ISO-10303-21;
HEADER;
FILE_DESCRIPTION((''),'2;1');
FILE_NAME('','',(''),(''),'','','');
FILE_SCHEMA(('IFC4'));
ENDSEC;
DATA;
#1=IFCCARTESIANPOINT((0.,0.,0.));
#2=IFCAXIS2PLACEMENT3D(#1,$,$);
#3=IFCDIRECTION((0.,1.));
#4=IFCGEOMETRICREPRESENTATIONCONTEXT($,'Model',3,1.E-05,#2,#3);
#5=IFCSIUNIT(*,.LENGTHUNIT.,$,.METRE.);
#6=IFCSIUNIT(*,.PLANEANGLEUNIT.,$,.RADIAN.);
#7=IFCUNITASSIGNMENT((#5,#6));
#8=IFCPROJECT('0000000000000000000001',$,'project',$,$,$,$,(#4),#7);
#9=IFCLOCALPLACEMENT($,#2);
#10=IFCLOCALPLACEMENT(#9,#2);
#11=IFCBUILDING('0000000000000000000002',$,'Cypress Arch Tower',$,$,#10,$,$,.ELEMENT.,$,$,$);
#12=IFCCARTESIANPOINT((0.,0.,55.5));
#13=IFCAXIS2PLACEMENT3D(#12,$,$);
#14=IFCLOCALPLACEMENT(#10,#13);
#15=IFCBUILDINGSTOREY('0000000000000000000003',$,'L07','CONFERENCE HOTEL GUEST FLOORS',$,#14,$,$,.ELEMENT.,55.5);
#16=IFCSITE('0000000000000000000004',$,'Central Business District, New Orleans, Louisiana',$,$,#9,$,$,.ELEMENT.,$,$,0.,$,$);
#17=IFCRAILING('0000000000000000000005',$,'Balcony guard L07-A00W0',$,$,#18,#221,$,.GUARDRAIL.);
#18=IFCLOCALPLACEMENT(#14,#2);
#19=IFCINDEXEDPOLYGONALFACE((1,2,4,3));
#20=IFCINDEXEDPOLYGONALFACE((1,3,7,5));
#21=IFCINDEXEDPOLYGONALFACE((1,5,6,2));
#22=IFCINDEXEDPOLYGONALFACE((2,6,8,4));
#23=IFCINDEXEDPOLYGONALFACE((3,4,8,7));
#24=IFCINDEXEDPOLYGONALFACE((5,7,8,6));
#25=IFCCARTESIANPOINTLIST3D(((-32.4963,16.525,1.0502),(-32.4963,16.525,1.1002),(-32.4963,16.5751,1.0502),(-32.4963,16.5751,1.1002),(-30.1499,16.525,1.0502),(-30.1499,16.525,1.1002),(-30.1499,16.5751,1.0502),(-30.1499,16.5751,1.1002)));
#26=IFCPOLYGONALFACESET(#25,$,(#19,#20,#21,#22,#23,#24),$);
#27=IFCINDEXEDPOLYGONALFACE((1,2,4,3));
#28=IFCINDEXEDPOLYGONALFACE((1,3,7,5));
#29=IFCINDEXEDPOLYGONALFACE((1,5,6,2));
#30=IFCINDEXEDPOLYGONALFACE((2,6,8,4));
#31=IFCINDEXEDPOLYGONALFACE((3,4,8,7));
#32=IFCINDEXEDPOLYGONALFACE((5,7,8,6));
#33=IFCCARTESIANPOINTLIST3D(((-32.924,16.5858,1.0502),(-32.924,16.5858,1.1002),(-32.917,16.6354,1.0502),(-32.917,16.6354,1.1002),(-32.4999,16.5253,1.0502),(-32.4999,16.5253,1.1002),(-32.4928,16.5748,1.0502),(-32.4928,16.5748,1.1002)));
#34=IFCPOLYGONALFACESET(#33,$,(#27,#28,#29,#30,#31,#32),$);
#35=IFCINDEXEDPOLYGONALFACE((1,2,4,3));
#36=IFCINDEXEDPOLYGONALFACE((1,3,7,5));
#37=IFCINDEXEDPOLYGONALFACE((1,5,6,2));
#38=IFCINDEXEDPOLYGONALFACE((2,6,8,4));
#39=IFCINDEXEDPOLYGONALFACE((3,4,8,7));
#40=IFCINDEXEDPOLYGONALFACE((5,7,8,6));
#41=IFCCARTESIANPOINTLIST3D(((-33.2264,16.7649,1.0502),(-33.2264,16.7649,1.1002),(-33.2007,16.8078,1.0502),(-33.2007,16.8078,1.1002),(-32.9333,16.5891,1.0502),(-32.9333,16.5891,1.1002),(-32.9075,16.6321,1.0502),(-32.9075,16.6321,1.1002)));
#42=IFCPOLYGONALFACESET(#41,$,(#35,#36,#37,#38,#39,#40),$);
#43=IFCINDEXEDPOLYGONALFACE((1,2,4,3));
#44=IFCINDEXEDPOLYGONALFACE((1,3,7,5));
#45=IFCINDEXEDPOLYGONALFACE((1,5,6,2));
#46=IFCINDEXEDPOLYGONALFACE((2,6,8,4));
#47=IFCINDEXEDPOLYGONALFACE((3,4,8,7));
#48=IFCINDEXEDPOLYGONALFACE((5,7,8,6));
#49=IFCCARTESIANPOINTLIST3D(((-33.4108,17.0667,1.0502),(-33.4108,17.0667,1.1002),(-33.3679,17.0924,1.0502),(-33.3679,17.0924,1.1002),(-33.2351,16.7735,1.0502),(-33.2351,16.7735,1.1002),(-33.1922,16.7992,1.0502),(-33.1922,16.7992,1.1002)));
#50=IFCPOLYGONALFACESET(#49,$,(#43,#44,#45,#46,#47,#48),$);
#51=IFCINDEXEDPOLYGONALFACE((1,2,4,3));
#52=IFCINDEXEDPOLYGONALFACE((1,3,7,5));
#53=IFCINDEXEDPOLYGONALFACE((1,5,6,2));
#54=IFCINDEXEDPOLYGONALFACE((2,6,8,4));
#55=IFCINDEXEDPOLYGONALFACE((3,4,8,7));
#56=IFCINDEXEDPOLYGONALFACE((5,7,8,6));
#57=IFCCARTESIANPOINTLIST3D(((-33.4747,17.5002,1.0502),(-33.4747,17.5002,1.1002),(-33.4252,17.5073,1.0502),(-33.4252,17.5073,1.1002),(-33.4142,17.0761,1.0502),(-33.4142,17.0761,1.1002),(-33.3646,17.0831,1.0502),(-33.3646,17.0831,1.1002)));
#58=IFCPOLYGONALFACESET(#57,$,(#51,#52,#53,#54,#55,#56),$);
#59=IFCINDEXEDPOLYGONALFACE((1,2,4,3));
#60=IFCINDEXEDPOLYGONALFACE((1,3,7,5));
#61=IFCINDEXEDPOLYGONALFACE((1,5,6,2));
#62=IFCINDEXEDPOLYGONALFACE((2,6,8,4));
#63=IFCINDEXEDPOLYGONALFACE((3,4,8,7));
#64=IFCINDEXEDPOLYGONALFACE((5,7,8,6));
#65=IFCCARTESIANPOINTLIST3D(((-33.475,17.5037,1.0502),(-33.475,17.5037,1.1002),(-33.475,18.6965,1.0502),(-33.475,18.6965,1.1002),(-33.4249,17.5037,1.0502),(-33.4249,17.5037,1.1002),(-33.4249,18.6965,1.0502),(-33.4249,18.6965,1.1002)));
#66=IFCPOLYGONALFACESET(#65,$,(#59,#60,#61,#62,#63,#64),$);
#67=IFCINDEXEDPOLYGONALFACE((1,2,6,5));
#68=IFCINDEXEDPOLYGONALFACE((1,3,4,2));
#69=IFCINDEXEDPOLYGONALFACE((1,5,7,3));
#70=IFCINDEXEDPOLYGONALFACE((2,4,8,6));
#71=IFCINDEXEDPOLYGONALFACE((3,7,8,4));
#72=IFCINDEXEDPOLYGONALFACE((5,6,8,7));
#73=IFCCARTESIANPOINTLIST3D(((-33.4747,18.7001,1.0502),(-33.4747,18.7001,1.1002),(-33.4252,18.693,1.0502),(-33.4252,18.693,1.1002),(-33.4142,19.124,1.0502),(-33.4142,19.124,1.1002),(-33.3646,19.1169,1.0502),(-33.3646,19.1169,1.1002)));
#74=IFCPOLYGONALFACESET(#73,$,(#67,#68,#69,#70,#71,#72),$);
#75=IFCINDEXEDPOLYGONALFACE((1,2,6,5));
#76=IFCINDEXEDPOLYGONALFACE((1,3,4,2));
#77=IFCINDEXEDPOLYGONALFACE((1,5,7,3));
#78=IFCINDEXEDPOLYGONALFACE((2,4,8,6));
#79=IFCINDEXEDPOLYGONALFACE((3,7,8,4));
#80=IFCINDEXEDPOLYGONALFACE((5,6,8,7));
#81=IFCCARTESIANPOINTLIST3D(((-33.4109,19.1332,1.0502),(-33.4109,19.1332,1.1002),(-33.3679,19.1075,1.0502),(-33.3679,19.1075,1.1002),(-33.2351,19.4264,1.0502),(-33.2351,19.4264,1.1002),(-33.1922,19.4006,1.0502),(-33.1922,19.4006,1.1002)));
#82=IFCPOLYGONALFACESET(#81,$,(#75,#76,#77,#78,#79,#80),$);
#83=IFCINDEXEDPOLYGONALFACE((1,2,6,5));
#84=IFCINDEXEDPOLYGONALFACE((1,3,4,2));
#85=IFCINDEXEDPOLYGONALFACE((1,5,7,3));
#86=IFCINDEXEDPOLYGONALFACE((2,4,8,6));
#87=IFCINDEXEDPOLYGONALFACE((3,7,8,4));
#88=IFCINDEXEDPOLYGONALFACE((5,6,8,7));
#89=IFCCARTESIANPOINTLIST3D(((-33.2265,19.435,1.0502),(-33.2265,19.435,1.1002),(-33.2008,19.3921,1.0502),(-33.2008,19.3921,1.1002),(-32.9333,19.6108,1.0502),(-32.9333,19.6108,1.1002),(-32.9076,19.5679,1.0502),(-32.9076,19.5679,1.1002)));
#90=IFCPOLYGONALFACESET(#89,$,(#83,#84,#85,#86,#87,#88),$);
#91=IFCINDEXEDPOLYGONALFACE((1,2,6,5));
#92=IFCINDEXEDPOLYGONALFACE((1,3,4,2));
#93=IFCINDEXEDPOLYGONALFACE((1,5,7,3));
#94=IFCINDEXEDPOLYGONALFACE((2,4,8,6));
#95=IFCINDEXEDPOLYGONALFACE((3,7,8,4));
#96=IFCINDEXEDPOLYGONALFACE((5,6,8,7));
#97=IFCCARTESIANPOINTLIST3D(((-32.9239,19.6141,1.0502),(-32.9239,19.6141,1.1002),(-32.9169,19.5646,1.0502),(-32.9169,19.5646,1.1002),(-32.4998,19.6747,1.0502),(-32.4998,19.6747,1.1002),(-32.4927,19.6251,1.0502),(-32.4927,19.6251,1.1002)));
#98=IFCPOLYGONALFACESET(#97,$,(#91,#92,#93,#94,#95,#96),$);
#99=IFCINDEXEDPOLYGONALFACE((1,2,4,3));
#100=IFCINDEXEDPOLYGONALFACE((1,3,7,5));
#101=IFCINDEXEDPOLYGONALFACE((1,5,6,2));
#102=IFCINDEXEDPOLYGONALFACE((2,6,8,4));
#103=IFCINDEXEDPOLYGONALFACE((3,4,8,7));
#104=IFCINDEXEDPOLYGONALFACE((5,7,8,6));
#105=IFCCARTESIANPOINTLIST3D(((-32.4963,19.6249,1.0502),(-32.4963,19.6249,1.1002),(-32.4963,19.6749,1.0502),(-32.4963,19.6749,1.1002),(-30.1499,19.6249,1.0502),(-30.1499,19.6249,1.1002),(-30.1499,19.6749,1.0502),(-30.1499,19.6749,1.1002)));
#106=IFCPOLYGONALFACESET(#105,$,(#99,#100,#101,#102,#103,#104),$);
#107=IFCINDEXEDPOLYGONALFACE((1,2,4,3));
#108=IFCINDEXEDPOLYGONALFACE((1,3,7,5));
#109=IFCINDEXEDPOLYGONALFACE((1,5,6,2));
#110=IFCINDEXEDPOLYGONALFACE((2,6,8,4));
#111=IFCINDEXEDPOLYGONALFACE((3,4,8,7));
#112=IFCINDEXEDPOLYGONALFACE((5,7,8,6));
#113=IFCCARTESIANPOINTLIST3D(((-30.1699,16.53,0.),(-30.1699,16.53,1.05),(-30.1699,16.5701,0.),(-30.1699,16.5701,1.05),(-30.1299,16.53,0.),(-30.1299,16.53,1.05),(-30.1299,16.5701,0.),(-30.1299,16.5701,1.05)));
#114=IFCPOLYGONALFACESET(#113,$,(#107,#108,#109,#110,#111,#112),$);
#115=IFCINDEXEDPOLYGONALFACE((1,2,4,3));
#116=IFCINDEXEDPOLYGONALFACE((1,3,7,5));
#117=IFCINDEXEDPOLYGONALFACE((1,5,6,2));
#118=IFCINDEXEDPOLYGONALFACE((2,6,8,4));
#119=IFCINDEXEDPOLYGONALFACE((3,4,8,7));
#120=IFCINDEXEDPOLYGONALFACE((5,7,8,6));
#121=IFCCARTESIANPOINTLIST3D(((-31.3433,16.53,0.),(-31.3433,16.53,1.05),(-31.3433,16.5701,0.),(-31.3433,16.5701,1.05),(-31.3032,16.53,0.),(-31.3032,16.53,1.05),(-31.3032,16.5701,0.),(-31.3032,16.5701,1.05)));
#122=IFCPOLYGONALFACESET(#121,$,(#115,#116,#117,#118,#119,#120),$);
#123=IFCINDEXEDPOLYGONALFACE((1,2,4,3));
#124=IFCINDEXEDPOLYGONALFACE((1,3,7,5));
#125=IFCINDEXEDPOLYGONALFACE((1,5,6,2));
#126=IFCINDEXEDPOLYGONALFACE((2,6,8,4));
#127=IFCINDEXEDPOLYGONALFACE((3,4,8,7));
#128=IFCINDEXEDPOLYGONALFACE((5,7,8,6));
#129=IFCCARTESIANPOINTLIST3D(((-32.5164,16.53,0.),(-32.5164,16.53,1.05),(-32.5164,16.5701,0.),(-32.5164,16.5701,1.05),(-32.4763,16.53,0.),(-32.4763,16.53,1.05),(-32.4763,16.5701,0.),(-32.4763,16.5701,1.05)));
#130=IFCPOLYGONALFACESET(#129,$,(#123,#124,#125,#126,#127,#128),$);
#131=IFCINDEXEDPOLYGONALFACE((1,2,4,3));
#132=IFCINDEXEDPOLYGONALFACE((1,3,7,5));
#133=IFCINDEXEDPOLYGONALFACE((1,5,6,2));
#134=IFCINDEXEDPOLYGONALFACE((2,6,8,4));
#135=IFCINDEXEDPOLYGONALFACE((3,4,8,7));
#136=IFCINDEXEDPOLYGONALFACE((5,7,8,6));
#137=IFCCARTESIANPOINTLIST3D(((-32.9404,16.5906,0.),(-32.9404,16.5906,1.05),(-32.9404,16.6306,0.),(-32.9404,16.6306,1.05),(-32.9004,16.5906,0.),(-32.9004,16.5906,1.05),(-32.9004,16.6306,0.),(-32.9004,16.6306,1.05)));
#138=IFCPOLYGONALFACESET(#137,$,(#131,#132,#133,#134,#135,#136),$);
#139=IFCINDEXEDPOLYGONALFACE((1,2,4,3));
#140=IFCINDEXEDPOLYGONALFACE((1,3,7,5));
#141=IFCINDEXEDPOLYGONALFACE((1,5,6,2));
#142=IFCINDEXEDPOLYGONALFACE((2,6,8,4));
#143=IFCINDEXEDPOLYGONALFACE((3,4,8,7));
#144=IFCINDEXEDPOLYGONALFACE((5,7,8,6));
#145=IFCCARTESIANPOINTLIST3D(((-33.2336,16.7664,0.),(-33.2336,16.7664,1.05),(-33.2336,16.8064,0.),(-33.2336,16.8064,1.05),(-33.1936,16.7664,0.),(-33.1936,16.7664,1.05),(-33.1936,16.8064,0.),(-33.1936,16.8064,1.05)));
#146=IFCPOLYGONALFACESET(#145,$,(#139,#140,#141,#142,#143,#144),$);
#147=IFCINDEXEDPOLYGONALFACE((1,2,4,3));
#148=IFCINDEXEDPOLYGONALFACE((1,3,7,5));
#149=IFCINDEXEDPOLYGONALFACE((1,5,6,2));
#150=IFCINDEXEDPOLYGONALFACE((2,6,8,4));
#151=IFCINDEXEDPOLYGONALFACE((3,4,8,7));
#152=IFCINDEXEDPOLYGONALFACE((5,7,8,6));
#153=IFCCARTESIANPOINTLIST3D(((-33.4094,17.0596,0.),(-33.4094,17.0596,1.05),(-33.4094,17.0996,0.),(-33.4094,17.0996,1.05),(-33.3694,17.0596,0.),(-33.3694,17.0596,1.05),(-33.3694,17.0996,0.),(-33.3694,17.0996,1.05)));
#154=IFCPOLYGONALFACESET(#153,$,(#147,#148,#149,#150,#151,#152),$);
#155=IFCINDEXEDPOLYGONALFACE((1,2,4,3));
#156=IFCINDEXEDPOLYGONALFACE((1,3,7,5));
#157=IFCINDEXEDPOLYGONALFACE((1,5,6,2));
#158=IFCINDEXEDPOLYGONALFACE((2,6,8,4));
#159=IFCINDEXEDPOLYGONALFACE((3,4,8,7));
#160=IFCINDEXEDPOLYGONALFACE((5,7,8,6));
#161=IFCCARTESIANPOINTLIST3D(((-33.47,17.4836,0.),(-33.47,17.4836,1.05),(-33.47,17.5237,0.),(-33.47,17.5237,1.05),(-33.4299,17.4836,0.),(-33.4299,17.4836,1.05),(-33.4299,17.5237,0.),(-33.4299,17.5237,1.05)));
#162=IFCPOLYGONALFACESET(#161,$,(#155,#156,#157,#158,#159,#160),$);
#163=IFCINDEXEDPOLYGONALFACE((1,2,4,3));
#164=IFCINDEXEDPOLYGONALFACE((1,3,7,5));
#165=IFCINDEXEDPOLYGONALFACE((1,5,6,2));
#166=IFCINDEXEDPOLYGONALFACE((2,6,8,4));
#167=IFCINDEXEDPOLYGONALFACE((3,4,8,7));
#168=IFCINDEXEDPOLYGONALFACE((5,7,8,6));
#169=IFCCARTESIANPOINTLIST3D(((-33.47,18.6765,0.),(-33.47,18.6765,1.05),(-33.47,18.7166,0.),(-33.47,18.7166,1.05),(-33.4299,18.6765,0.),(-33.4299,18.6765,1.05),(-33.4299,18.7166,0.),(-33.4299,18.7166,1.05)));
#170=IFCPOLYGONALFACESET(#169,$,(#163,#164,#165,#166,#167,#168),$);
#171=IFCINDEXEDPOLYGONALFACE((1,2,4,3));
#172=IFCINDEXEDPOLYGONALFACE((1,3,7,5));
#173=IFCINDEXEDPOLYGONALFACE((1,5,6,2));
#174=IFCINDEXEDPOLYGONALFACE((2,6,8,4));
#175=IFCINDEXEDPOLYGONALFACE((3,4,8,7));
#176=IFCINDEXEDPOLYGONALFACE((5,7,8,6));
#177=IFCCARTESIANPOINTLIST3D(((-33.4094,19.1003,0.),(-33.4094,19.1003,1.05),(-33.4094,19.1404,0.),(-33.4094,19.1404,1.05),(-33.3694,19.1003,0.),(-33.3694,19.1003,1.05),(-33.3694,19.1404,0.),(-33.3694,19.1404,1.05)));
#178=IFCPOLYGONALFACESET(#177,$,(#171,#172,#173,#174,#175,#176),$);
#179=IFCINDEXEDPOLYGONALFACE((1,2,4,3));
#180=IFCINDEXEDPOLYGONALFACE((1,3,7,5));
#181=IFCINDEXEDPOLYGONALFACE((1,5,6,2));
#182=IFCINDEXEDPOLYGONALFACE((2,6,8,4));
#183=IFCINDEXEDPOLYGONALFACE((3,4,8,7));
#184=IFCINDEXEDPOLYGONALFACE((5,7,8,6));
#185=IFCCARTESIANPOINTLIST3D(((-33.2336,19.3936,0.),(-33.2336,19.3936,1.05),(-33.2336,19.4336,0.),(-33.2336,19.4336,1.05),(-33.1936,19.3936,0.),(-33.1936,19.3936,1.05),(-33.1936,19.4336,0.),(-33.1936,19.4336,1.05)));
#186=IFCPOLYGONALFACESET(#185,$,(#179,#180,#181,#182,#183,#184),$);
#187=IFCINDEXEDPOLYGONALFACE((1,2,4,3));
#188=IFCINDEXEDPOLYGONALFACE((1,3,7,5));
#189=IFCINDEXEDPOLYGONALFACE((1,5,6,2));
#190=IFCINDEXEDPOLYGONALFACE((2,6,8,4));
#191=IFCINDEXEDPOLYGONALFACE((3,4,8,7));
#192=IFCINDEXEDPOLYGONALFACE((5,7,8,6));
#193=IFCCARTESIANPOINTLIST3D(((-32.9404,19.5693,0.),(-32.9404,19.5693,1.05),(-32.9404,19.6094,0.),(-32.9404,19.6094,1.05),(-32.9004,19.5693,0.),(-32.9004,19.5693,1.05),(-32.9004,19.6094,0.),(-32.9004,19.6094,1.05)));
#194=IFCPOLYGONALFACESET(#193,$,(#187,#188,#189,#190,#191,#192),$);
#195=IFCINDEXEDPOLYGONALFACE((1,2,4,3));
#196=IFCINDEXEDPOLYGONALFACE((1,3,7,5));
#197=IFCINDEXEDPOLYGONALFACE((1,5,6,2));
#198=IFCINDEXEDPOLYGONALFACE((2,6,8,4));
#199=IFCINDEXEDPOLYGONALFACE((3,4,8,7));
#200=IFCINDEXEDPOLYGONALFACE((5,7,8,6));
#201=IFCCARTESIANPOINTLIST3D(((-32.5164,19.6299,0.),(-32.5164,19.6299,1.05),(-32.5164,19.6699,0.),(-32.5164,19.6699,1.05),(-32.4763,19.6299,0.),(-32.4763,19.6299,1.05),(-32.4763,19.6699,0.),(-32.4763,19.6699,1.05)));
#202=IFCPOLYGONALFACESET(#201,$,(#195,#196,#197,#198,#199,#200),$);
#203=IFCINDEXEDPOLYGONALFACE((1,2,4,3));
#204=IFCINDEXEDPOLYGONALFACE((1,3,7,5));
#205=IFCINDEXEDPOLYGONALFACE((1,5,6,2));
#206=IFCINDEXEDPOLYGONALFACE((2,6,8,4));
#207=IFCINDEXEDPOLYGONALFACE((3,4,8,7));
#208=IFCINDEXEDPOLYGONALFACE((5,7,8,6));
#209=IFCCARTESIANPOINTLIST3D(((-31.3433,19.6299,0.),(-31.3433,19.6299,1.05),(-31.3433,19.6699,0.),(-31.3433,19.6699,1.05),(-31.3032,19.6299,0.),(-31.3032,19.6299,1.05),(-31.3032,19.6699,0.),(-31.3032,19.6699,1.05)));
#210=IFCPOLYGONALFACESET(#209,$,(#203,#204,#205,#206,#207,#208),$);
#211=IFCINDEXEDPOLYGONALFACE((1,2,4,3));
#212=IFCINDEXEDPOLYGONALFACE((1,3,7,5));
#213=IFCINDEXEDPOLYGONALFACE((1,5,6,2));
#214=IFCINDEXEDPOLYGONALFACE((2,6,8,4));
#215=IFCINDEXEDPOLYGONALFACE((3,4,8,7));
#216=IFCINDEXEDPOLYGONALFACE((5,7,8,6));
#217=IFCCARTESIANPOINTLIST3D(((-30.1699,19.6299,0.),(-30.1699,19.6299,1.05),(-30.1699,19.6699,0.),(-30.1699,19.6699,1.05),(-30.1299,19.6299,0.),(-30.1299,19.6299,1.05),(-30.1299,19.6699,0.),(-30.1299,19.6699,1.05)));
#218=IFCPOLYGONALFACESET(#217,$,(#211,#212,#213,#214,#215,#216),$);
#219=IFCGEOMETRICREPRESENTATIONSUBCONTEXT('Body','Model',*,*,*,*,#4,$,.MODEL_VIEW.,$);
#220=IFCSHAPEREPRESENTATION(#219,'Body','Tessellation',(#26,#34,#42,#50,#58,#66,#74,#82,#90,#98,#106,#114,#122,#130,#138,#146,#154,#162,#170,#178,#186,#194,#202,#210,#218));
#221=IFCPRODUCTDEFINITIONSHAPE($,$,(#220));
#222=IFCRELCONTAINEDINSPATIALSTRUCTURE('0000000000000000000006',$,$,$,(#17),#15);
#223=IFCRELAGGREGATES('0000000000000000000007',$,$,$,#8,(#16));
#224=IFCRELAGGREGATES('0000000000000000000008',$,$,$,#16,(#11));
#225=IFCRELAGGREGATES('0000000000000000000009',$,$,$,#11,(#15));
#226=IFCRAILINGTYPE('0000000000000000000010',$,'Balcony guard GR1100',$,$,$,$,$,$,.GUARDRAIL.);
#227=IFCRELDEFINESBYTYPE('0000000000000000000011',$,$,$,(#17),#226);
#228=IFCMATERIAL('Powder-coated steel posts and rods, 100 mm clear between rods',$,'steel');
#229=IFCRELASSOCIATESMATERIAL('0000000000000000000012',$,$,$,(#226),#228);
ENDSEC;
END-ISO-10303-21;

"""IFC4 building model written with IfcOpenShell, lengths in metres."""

from ifc_helpers import new_model, si_unit, direction, frame, origin, origin_2d, place, context, subcontext, project, spatial, rectangle, extrude, material, type_object, element, save


model = new_model("IFC4")

# Units and contexts
model_context = context("Model", 3, precision=1e-05, world=origin(), true_north=direction((0.0, 1.0)))
body_context = subcontext(model_context, "Body", "Model", "MODEL_VIEW")
ifc_project = project(units=[si_unit("LENGTHUNIT", "METRE"), si_unit("PLANEANGLEUNIT", "RADIAN")], contexts=[model_context])

# Site, building, storey
site_placement = place(None, origin())
site = spatial("IfcSite", under=ifc_project, at=site_placement, Name="Central Business District, New Orleans, Louisiana", CompositionType="ELEMENT", RefElevation=0.0)
building_placement = place(site_placement, origin())
building = spatial("IfcBuilding", under=site, at=building_placement, Name="Cypress Arch Tower", CompositionType="ELEMENT")
storey_placement = place(building_placement, frame((0.0, 0.0, 55.5)))
storey = spatial("IfcBuildingStorey", under=building, at=storey_placement, Name="L07", Description="CONFERENCE HOTEL GUEST FLOORS", CompositionType="ELEMENT", Elevation=55.5)

# Railing
ifc_material_1 = material(Name="Powder-coated steel posts and rods, 100 mm clear between rods", Category="steel")
railing_type_1 = type_object("IfcRailingType", Name="Balcony guard GR1100", PredefinedType="GUARDRAIL", material=ifc_material_1)
railing_1_placement = place(storey_placement, frame((-30.1499, 16.55, 0.0)))
element("IfcRailing", 1, at=railing_1_placement, inside=storey, type_object=railing_type_1, Name="Balcony guard L07-A00W0", PredefinedType="GUARDRAIL", context=body_context, shape_type="SweptSolid", body=[
    extrude(rectangle(XDim=0.05, YDim=0.05, at=origin_2d()), frame((0.0, 0.0, 1.0752), z_axis=(-1.0, 0.0, 0.0), x_axis=(0.0, -1.0, 0.0)), (0.0, 0.0, 1.0), 2.3464),
    extrude(rectangle(XDim=0.05, YDim=0.05, at=origin_2d()), frame((-2.3464, 0.0, 1.0752), z_axis=(-0.989961, 0.141342, 0.0), x_axis=(-0.141342, -0.989961, 0.0)), (0.0, 0.0, 1.0), 0.4285),
    extrude(rectangle(XDim=0.05, YDim=0.05, at=origin_2d()), frame((-2.7705, 0.0605, 1.0752), z_axis=(-0.857682, 0.514181, 0.0), x_axis=(-0.514181, -0.857682, 0.0)), (0.0, 0.0, 1.0), 0.3418),
    extrude(rectangle(XDim=0.05, YDim=0.05, at=origin_2d()), frame((-3.0637, 0.2363, 1.0752), z_axis=(-0.514181, 0.857682, 0.0), x_axis=(-0.857682, -0.514181, 0.0)), (0.0, 0.0, 1.0), 0.3418),
    extrude(rectangle(XDim=0.05, YDim=0.05, at=origin_2d()), frame((-3.2395, 0.5295, 1.0752), z_axis=(-0.141342, 0.989961, 0.0), x_axis=(-0.989961, -0.141342, 0.0)), (0.0, 0.0, 1.0), 0.4285),
    extrude(rectangle(XDim=0.05, YDim=0.05, at=origin_2d()), frame((-3.3, 0.9536, 1.0752), z_axis=(0.0, 1.0, 0.0), x_axis=(-1.0, 0.0, 0.0)), (0.0, 0.0, 1.0), 1.1929),
    extrude(rectangle(XDim=0.05, YDim=0.05, at=origin_2d()), frame((-3.3, 2.1465, 1.0752), z_axis=(0.141421, 0.989949, 0.0), x_axis=(-0.989949, 0.141421, 0.0)), (0.0, 0.0, 1.0), 0.4282),
    extrude(rectangle(XDim=0.05, YDim=0.05, at=origin_2d()), frame((-3.2395, 2.5703, 1.0752), z_axis=(0.514181, 0.857682, 0.0), x_axis=(-0.857682, 0.514181, 0.0)), (0.0, 0.0, 1.0), 0.3418),
    extrude(rectangle(XDim=0.05, YDim=0.05, at=origin_2d()), frame((-3.0637, 2.8635, 1.0752), z_axis=(0.857682, 0.514181, 0.0), x_axis=(-0.514181, 0.857682, 0.0)), (0.0, 0.0, 1.0), 0.3418),
    extrude(rectangle(XDim=0.05, YDim=0.05, at=origin_2d()), frame((-2.7705, 3.0393, 1.0752), z_axis=(0.989961, 0.141342, 0.0), x_axis=(-0.141342, 0.989961, 0.0)), (0.0, 0.0, 1.0), 0.4285),
    extrude(rectangle(XDim=0.05, YDim=0.05, at=origin_2d()), frame((-2.3464, 3.0999, 1.0752), z_axis=(1.0, 0.0, 0.0), x_axis=(0.0, 1.0, 0.0)), (0.0, 0.0, 1.0), 2.3464),
    extrude(rectangle(XDim=0.04, YDim=0.04, at=origin_2d()), origin(), (0.0, 0.0, 1.0), 1.05),
    extrude(rectangle(XDim=0.04, YDim=0.04, at=origin_2d()), frame((-1.1733, 0.0, 0.0)), (0.0, 0.0, 1.0), 1.05),
    extrude(rectangle(XDim=0.04, YDim=0.04, at=origin_2d()), frame((-2.3464, 0.0, 0.0)), (0.0, 0.0, 1.0), 1.05),
    extrude(rectangle(XDim=0.04, YDim=0.04, at=origin_2d()), frame((-2.7705, 0.0605, 0.0)), (0.0, 0.0, 1.0), 1.05),
    extrude(rectangle(XDim=0.04, YDim=0.04, at=origin_2d()), frame((-3.0637, 0.2363, 0.0)), (0.0, 0.0, 1.0), 1.05),
    extrude(rectangle(XDim=0.04, YDim=0.04, at=origin_2d()), frame((-3.2395, 0.5295, 0.0)), (0.0, 0.0, 1.0), 1.05),
    extrude(rectangle(XDim=0.04, YDim=0.04, at=origin_2d()), frame((-3.3, 0.9536, 0.0)), (0.0, 0.0, 1.0), 1.05),
    extrude(rectangle(XDim=0.04, YDim=0.04, at=origin_2d()), frame((-3.3, 2.1465, 0.0)), (0.0, 0.0, 1.0), 1.05),
    extrude(rectangle(XDim=0.04, YDim=0.04, at=origin_2d()), frame((-3.2395, 2.5703, 0.0)), (0.0, 0.0, 1.0), 1.05),
    extrude(rectangle(XDim=0.04, YDim=0.04, at=origin_2d()), frame((-3.0637, 2.8635, 0.0)), (0.0, 0.0, 1.0), 1.05),
    extrude(rectangle(XDim=0.04, YDim=0.04, at=origin_2d()), frame((-2.7705, 3.0393, 0.0)), (0.0, 0.0, 1.0), 1.05),
    extrude(rectangle(XDim=0.04, YDim=0.04, at=origin_2d()), frame((-2.3464, 3.0999, 0.0)), (0.0, 0.0, 1.0), 1.05),
    extrude(rectangle(XDim=0.04, YDim=0.04, at=origin_2d()), frame((-1.1733, 3.0999, 0.0)), (0.0, 0.0, 1.0), 1.05),
    extrude(rectangle(XDim=0.04, YDim=0.04, at=origin_2d()), frame((0.0, 3.0999, 0.0)), (0.0, 0.0, 1.0), 1.05),
])

save(model, "model.ifc")
